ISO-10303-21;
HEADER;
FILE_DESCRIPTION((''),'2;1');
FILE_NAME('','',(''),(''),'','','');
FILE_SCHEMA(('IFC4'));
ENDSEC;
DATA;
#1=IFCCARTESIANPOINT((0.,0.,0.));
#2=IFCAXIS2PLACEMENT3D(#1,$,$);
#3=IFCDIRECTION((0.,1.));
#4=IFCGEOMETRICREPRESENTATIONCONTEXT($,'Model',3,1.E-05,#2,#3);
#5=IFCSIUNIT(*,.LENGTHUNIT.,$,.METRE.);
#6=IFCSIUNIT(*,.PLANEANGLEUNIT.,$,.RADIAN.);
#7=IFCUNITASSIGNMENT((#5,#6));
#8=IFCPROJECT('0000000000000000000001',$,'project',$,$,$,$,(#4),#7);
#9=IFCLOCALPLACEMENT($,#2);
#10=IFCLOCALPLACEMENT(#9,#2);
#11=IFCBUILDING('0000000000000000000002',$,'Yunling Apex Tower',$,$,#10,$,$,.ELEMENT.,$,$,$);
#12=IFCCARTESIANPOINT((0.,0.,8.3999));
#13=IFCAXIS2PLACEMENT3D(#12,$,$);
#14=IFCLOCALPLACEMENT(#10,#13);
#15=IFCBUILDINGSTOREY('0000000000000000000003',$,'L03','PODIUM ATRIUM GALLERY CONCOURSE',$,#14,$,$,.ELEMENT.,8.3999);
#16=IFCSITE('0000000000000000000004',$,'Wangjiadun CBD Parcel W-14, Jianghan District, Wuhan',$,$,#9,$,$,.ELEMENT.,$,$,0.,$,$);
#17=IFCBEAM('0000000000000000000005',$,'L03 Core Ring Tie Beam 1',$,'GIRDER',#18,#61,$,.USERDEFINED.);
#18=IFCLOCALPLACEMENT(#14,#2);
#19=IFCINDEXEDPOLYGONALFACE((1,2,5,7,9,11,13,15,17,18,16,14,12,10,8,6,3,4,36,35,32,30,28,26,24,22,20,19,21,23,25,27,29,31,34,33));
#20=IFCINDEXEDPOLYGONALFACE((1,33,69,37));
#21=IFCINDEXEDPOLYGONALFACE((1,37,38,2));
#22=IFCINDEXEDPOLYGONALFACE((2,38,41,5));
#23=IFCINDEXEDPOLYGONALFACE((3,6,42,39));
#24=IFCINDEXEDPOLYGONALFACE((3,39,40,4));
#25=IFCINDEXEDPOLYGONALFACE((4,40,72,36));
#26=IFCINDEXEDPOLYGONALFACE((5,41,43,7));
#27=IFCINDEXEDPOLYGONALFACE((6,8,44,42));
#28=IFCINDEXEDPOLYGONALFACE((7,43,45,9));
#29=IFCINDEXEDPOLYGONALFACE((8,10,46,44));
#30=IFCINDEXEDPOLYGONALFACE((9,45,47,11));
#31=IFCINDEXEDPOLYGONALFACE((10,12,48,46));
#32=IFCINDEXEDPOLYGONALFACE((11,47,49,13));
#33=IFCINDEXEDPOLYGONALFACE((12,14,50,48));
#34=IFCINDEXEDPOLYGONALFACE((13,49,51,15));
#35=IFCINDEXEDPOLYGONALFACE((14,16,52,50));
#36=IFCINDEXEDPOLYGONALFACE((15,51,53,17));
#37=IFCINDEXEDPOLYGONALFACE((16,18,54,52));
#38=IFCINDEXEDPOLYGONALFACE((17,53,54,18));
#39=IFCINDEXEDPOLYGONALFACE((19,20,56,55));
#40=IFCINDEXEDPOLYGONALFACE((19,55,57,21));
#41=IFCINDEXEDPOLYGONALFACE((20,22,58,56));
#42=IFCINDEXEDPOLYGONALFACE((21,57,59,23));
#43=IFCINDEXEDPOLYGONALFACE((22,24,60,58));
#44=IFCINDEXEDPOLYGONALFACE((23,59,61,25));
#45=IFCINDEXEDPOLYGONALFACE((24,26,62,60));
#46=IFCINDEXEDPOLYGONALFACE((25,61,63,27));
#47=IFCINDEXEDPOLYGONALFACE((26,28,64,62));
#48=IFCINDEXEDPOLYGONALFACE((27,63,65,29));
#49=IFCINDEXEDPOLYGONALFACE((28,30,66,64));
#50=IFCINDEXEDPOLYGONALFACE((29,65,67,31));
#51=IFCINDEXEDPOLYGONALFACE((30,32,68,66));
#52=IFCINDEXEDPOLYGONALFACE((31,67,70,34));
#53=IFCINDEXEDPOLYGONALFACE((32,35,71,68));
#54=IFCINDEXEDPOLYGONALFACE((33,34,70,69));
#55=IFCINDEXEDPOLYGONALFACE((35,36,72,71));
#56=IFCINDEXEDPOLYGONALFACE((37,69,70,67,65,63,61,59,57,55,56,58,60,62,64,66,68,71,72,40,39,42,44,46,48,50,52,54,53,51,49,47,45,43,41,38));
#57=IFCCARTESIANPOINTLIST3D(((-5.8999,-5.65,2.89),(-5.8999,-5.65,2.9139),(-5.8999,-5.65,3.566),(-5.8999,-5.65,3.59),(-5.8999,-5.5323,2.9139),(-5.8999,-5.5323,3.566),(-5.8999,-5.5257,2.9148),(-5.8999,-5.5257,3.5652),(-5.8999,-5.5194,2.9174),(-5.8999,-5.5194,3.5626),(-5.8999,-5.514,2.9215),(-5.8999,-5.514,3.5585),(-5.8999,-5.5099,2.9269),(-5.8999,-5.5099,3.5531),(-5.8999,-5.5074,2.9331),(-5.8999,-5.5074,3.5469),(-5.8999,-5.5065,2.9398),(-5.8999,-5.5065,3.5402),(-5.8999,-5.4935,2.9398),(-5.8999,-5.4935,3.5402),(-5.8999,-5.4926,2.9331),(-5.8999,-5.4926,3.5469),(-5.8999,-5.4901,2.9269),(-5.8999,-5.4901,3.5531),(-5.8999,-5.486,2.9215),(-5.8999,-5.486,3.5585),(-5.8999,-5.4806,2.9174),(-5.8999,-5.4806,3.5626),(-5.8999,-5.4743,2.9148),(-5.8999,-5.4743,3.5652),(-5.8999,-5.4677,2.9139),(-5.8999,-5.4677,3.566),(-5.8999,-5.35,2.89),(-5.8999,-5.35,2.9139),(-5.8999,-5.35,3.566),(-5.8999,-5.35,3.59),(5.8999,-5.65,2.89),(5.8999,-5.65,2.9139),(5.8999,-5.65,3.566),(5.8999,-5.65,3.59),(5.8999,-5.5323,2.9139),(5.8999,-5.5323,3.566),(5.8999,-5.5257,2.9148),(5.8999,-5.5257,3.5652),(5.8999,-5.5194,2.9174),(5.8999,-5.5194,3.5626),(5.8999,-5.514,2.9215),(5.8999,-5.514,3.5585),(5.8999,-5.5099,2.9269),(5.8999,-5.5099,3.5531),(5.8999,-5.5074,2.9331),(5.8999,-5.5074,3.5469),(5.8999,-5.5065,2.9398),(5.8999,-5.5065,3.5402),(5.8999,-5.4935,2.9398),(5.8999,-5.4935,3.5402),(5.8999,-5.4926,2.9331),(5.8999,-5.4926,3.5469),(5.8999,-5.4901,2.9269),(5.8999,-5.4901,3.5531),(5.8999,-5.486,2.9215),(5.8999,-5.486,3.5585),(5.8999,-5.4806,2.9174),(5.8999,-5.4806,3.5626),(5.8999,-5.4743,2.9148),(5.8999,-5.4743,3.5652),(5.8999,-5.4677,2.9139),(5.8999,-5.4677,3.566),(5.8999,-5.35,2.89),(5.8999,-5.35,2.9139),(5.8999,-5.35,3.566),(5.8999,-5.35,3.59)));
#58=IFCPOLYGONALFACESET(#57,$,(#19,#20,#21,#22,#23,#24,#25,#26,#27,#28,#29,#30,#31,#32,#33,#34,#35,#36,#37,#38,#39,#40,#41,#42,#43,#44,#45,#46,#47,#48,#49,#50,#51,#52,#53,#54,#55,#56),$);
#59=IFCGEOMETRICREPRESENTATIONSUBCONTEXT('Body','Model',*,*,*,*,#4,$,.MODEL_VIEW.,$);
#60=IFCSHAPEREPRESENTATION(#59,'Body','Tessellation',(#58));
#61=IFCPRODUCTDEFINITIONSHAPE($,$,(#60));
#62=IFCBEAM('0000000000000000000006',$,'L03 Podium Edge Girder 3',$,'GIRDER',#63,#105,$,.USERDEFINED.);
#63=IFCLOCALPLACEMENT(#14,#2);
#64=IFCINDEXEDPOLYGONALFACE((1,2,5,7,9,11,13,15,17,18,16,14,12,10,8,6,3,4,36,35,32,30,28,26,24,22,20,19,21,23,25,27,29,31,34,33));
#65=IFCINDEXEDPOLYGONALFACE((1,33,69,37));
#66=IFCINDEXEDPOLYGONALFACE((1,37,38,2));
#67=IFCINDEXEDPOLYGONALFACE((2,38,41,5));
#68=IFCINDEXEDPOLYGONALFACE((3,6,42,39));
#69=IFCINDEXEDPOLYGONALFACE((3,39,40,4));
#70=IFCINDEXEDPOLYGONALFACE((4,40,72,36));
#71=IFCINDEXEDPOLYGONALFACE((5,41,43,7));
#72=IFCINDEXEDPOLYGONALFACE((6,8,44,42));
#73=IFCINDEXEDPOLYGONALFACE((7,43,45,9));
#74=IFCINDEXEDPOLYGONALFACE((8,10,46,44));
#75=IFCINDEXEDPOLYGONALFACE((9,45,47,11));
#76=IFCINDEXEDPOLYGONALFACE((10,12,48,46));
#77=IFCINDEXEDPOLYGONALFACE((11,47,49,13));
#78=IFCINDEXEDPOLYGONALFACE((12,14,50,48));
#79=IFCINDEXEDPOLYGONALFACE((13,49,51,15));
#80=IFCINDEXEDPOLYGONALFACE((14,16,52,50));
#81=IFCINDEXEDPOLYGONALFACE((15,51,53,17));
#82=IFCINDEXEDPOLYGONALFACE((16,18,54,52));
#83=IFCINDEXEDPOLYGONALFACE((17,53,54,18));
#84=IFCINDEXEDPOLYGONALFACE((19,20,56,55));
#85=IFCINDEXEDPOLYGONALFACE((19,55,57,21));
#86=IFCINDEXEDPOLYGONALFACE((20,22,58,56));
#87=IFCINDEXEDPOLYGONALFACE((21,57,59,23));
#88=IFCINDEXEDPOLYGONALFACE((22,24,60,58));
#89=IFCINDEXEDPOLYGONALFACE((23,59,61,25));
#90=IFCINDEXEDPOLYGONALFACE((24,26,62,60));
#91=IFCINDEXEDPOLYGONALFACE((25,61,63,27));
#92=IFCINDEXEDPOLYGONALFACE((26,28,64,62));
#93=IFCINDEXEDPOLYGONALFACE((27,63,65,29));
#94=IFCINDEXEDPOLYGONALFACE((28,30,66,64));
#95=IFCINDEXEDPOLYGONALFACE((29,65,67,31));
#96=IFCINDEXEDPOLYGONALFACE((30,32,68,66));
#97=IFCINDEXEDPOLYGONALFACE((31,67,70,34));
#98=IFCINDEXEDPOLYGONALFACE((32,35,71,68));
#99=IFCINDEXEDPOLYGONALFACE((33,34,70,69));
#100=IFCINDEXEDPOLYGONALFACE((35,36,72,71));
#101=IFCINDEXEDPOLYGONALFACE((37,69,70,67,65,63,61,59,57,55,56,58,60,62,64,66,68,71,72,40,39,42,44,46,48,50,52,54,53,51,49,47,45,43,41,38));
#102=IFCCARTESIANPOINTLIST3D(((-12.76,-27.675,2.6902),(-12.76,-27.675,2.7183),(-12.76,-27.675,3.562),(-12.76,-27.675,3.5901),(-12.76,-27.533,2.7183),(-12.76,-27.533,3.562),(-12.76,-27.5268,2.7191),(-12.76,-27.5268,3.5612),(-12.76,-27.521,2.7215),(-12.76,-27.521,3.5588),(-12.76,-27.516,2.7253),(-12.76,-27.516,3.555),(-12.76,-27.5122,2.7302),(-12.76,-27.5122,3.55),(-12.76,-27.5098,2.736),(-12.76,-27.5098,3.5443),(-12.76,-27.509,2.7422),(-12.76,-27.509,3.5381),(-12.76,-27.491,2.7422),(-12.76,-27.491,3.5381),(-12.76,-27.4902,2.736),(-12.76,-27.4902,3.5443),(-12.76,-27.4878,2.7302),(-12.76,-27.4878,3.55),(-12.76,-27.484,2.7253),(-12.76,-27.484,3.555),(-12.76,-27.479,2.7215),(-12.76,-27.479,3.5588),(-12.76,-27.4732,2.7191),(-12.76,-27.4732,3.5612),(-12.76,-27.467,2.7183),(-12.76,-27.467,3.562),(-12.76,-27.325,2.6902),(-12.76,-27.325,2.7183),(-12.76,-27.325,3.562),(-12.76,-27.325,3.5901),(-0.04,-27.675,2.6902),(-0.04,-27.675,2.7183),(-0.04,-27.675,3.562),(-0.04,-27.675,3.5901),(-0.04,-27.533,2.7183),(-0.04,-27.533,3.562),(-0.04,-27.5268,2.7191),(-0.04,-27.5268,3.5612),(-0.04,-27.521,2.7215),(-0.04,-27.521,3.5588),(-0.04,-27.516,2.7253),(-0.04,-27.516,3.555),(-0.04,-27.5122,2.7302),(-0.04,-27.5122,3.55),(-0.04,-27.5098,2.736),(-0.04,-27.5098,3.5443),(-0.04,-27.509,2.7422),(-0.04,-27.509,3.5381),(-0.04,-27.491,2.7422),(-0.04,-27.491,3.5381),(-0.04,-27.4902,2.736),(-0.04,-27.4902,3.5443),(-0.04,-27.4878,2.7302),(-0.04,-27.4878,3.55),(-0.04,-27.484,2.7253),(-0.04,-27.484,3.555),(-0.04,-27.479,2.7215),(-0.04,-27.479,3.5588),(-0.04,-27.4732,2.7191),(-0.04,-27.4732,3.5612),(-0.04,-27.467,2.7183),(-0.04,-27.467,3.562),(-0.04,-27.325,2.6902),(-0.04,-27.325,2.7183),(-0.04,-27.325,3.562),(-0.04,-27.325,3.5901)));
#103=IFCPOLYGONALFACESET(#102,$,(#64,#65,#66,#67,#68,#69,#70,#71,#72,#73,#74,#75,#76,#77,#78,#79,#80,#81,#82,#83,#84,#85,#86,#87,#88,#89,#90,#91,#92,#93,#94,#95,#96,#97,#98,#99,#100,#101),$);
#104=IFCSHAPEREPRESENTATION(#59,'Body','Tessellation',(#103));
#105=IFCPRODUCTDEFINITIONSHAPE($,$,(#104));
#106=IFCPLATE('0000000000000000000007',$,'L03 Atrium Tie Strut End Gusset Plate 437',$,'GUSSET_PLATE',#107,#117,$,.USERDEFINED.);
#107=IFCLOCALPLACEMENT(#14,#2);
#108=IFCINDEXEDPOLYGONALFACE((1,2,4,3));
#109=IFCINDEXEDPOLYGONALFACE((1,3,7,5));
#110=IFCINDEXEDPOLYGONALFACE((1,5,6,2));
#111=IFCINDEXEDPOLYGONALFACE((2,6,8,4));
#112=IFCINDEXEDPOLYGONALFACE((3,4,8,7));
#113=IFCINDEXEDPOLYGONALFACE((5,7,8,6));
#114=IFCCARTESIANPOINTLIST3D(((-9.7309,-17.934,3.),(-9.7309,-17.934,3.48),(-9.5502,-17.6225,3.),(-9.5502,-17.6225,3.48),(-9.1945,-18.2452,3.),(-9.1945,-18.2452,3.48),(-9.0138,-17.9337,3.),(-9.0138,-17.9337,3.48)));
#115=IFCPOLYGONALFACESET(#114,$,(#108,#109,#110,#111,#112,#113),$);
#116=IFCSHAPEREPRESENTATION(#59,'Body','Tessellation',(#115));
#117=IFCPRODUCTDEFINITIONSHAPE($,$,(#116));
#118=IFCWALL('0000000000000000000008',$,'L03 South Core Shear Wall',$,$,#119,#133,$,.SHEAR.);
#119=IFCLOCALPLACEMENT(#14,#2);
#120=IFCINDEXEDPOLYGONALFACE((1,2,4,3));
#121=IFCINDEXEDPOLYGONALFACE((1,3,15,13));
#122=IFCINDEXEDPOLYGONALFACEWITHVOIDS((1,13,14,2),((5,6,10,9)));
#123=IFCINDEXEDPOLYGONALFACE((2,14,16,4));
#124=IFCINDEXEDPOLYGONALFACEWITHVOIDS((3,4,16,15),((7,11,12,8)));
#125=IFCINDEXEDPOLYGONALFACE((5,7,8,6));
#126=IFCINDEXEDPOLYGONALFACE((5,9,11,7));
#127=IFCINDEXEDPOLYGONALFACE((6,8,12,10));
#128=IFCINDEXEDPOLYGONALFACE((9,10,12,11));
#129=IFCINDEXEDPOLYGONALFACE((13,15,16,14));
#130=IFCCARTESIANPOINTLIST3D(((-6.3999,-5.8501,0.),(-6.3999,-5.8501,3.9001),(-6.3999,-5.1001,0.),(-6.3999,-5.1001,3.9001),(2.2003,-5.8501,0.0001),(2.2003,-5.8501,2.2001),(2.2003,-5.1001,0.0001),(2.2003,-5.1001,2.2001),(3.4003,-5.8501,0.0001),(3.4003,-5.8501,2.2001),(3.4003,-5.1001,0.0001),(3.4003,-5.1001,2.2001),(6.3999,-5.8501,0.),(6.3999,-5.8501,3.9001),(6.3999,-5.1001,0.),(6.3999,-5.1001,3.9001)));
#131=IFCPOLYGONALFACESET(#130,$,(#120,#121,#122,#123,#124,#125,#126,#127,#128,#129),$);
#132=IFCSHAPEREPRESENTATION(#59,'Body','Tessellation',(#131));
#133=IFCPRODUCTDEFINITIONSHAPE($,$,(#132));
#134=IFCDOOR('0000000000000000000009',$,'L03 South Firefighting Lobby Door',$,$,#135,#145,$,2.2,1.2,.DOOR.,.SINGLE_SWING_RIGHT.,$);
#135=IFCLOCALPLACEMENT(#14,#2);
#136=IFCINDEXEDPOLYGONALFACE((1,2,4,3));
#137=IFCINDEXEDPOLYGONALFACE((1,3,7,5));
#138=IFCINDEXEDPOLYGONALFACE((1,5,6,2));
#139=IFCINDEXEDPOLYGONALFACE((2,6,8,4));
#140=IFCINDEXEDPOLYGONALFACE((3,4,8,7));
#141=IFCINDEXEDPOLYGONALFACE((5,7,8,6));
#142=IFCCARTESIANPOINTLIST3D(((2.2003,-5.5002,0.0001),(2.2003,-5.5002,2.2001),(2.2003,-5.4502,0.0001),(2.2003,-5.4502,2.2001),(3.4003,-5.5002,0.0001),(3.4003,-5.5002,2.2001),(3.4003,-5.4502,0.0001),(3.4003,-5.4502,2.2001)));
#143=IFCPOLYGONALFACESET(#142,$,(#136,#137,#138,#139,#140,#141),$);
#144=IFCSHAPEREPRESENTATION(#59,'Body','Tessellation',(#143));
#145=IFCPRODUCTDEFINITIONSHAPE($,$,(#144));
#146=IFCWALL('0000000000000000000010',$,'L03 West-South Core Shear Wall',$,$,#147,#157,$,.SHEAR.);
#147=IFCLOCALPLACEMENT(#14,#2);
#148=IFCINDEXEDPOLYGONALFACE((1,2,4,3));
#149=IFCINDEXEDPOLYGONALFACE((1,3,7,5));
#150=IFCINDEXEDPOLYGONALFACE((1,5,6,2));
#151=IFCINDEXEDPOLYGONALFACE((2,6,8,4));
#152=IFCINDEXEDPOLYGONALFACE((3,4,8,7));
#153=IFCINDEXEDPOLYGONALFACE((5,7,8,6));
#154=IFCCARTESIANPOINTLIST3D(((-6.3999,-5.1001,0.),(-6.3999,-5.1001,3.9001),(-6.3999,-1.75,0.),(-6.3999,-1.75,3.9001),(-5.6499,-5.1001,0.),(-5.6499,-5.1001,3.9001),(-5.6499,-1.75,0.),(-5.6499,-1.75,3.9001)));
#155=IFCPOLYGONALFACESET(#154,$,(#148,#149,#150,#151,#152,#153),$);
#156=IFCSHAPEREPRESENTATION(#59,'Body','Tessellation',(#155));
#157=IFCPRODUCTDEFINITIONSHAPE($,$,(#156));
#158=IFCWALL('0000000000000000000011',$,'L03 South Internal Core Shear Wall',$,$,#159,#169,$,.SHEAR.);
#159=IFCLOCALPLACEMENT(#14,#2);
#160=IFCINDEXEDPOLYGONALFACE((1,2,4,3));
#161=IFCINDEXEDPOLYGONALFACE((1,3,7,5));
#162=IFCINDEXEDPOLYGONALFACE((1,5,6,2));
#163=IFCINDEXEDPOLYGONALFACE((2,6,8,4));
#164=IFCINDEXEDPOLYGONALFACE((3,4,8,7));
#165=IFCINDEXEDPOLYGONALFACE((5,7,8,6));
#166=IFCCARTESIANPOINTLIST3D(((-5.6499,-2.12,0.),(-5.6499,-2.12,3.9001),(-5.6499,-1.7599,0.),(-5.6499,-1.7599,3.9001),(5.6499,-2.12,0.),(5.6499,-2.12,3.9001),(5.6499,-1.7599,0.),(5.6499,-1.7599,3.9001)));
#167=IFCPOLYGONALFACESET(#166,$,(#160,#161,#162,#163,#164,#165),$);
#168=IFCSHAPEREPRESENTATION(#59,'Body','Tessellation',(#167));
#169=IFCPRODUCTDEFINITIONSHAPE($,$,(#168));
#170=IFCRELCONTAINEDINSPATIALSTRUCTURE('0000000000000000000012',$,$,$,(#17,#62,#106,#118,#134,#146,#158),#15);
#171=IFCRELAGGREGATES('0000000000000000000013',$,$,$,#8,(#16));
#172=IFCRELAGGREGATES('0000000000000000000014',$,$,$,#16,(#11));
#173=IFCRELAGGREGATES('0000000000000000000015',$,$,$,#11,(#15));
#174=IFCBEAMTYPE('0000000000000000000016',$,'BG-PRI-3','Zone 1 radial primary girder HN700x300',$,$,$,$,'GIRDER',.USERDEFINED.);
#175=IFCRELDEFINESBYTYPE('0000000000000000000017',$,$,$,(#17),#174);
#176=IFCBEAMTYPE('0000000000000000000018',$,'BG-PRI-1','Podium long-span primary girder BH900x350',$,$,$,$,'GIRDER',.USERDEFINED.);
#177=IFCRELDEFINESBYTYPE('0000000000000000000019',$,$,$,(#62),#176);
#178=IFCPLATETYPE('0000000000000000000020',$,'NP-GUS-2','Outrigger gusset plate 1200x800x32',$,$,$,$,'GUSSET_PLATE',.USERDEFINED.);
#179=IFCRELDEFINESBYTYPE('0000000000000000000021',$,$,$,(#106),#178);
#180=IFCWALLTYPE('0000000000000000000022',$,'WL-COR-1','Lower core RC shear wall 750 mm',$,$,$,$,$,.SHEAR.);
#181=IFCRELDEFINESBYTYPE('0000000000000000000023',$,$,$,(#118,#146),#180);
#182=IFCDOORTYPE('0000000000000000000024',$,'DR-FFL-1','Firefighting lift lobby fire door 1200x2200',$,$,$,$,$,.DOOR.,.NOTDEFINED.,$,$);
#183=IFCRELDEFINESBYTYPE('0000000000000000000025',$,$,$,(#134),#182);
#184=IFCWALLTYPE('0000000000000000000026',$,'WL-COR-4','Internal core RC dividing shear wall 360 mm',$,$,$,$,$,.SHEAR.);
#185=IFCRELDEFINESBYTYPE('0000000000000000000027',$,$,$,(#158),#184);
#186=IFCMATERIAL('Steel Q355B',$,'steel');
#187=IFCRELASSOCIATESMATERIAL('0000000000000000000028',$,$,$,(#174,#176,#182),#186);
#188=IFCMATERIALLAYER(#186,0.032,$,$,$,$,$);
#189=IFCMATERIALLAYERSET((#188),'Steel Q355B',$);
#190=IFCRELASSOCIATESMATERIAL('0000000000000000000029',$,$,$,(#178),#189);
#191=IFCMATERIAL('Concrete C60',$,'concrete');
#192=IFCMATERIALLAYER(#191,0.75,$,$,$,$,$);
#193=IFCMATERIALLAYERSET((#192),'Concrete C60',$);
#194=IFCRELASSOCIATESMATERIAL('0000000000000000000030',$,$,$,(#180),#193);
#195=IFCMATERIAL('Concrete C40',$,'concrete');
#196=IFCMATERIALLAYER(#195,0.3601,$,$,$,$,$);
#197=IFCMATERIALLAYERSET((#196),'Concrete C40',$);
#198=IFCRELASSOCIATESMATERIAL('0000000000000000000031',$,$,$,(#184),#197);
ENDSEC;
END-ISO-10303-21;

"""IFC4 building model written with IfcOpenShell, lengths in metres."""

from ifc_helpers import new_model, si_unit, direction, frame, frame_2d, origin, origin_2d, place, context, subcontext, project, spatial, rectangle, i_section, extrude, source, transform, mapped, material, layer, layer_set, material_profile, profile_set, type_object, element, fill, save


model = new_model("IFC4")

# Units and contexts
model_context = context("Model", 3, precision=1e-05, world=origin(), true_north=direction((0.0, 1.0)))
body_context = subcontext(model_context, "Body", "Model", "MODEL_VIEW")
ifc_project = project(units=[si_unit("LENGTHUNIT", "METRE"), si_unit("PLANEANGLEUNIT", "RADIAN")], contexts=[model_context])

# Site, building, storey
site_placement = place(None, origin())
site = spatial("IfcSite", under=ifc_project, at=site_placement, Name="Wangjiadun CBD Parcel W-14, Jianghan District, Wuhan", CompositionType="ELEMENT", RefElevation=0.0)
building_placement = place(site_placement, origin())
building = spatial("IfcBuilding", under=site, at=building_placement, Name="Yunling Apex Tower", CompositionType="ELEMENT")
storey_placement = place(building_placement, frame((0.0, 0.0, 8.3999)))
storey = spatial("IfcBuildingStorey", under=building, at=storey_placement, Name="L03", Description="PODIUM ATRIUM GALLERY CONCOURSE", CompositionType="ELEMENT", Elevation=8.3999)

# Shared definitions
ifc_material_1 = material(Name="Concrete C60", Category="concrete")

# Beams
ifc_material_2 = material(Name="Steel Q355B", Category="steel")
ifc_material_profile_1 = material_profile(ifc_material_2, i_section(OverallWidth=0.3, OverallDepth=0.7, WebThickness=0.0129, FlangeThickness=0.0239, FilletRadius=0.0259, at=origin_2d()))
ifc_profile_set_1 = profile_set([ifc_material_profile_1], Name="Steel Q355B")
beam_type_1 = type_object("IfcBeamType", Name="BG-PRI-3", Description="Zone 1 radial primary girder HN700x300", ElementType="GIRDER", PredefinedType="USERDEFINED", material=ifc_profile_set_1)
shared_shape_1 = source(origin(), body_context, "Body", "SweptSolid", [
    extrude(i_section(OverallWidth=0.3, OverallDepth=0.7, WebThickness=0.0129, FlangeThickness=0.0239, FilletRadius=0.0259, at=origin_2d()), origin(), (0.0, 0.0, 1.0), 11.7998),
])
beam_1_placement = place(storey_placement, frame((-5.8999, -5.5, 3.24), z_axis=(1.0, 0.0, 0.0), x_axis=(0.0, 1.0, 0.0)))
element("IfcBeam", 1, at=beam_1_placement, inside=storey, type_object=beam_type_1, Name="L03 Core Ring Tie Beam 1", ObjectType="GIRDER", PredefinedType="USERDEFINED", context=body_context, shape_type="MappedRepresentation", body=[
    mapped(shared_shape_1, transform((0.0, 0.0, 0.0), scale=1.0)),
])
ifc_material_profile_2 = material_profile(ifc_material_2, i_section(OverallWidth=0.3501, OverallDepth=0.8999, WebThickness=0.0181, FlangeThickness=0.0281, FilletRadius=0.0239, at=origin_2d()))
ifc_profile_set_2 = profile_set([ifc_material_profile_2], Name="Steel Q355B")
beam_type_2 = type_object("IfcBeamType", Name="BG-PRI-1", Description="Podium long-span primary girder BH900x350", ElementType="GIRDER", PredefinedType="USERDEFINED", material=ifc_profile_set_2)
shared_shape_2 = source(origin(), body_context, "Body", "SweptSolid", [
    extrude(i_section(OverallWidth=0.3501, OverallDepth=0.8999, WebThickness=0.0181, FlangeThickness=0.0281, FilletRadius=0.0239, at=origin_2d()), origin(), (0.0, 0.0, 1.0), 12.72),
])
beam_2_placement = place(storey_placement, frame((-12.76, -27.5, 3.1401), z_axis=(1.0, 0.0, 0.0), x_axis=(0.0, 1.0, 0.0)))
element("IfcBeam", 2, at=beam_2_placement, inside=storey, type_object=beam_type_2, Name="L03 Podium Edge Girder 3", ObjectType="GIRDER", PredefinedType="USERDEFINED", context=body_context, shape_type="MappedRepresentation", body=[
    mapped(shared_shape_2, transform((0.0, 0.0, 0.0), scale=1.0)),
])

# Plate
ifc_layer_1 = layer(ifc_material_2, 0.032)
ifc_layer_set_1 = layer_set([ifc_layer_1], Name="Steel Q355B")
plate_type = type_object("IfcPlateType", Name="NP-GUS-2", Description="Outrigger gusset plate 1200x800x32", ElementType="GUSSET_PLATE", PredefinedType="USERDEFINED", material=ifc_layer_set_1)
shared_shape_3 = source(origin(), body_context, "Body", "SweptSolid", [
    extrude(rectangle(XDim=0.6201, YDim=0.3601, at=origin_2d()), origin(), (0.0, 0.0, 1.0), 0.48),
])
plate_placement = place(storey_placement, frame((-9.3723, -17.9338, 3.0), z_axis=(0.0, 0.0, 1.0), x_axis=(0.864976, -0.501813, 0.0)))
element("IfcPlate", 3, at=plate_placement, inside=storey, type_object=plate_type, Name="L03 Atrium Tie Strut End Gusset Plate 437", ObjectType="GUSSET_PLATE", PredefinedType="USERDEFINED", context=body_context, shape_type="MappedRepresentation", body=[
    mapped(shared_shape_3, transform((0.0, 0.0, 0.0), scale=1.0)),
])

# Wall, opening, door
ifc_layer_2 = layer(ifc_material_1, 0.75)
ifc_layer_set_2 = layer_set([ifc_layer_2], Name="Concrete C60")
wall_type_1 = type_object("IfcWallType", Name="WL-COR-1", Description="Lower core RC shear wall 750 mm", PredefinedType="SHEAR", material=ifc_layer_set_2)
wall_1_placement = place(storey_placement, frame((-6.3999, -5.4751, 0.0), z_axis=(0.0, 0.0, 1.0), x_axis=(1.0, 0.0, 0.0)))
wall_1 = element("IfcWall", 4, at=wall_1_placement, inside=storey, type_object=wall_type_1, Name="L03 South Core Shear Wall", PredefinedType="SHEAR", context=body_context, shape_type="SweptSolid", body=[
    extrude(rectangle(XDim=12.7998, YDim=0.75, at=frame_2d((6.3999, 0.0))), origin(), (0.0, 0.0, 1.0), 3.9001),
])
opening_1_placement = place(wall_1_placement, frame((8.6001, 0.0, 0.0)))
opening_1 = element("IfcOpeningElement", 5, at=opening_1_placement, cuts=wall_1, PredefinedType="OPENING", context=body_context, shape_type="SweptSolid", body=[
    extrude(rectangle(XDim=1.2, YDim=2.2, at=frame_2d((0.6001, 1.1001))), frame((0.0, 0.385, 0.0), z_axis=(0.0, -1.0, 0.0), x_axis=(1.0, 0.0, 0.0)), (0.0, 0.0, 1.0), 0.77),
])
door_type_1 = type_object("IfcDoorType", Name="DR-FFL-1", Description="Firefighting lift lobby fire door 1200x2200", OperationType="NOTDEFINED", PredefinedType="DOOR", material=ifc_material_2)
door_1_placement = place(opening_1_placement, origin())
door_1 = element("IfcDoor", 6, at=door_1_placement, inside=storey, type_object=door_type_1, Name="L03 South Firefighting Lobby Door", OperationType="SINGLE_SWING_RIGHT", OverallHeight=2.2, OverallWidth=1.2, PredefinedType="DOOR", context=body_context, shape_type="SweptSolid", body=[
    extrude(rectangle(XDim=1.2, YDim=2.2, at=frame_2d((0.6001, 1.1001))), frame((0.0, 0.0249, 0.0), z_axis=(0.0, -1.0, 0.0), x_axis=(1.0, 0.0, 0.0)), (0.0, 0.0, 1.0), 0.05),
])
fill(opening_1, door_1)

# Walls
wall_2_placement = place(storey_placement, frame((-6.0249, -5.1001, 0.0), z_axis=(0.0, 0.0, 1.0), x_axis=(0.0, 1.0, 0.0)))
element("IfcWall", 7, at=wall_2_placement, inside=storey, type_object=wall_type_1, Name="L03 West-South Core Shear Wall", PredefinedType="SHEAR", context=body_context, shape_type="SweptSolid", body=[
    extrude(rectangle(XDim=3.3501, YDim=0.75, at=frame_2d((1.675, 0.0))), origin(), (0.0, 0.0, 1.0), 3.9001),
])
ifc_material_3 = material(Name="Concrete C40", Category="concrete")
ifc_layer_3 = layer(ifc_material_3, 0.3601)
ifc_layer_set_3 = layer_set([ifc_layer_3], Name="Concrete C40")
wall_type_2 = type_object("IfcWallType", Name="WL-COR-4", Description="Internal core RC dividing shear wall 360 mm", PredefinedType="SHEAR", material=ifc_layer_set_3)
wall_3_placement = place(storey_placement, frame((-5.6499, -1.9399, 0.0), z_axis=(0.0, 0.0, 1.0), x_axis=(1.0, 0.0, 0.0)))
element("IfcWall", 8, at=wall_3_placement, inside=storey, type_object=wall_type_2, Name="L03 South Internal Core Shear Wall", PredefinedType="SHEAR", context=body_context, shape_type="SweptSolid", body=[
    extrude(rectangle(XDim=11.2998, YDim=0.3601, at=frame_2d((5.6499, 0.0))), origin(), (0.0, 0.0, 1.0), 3.9001),
])

save(model, "model.ifc")
